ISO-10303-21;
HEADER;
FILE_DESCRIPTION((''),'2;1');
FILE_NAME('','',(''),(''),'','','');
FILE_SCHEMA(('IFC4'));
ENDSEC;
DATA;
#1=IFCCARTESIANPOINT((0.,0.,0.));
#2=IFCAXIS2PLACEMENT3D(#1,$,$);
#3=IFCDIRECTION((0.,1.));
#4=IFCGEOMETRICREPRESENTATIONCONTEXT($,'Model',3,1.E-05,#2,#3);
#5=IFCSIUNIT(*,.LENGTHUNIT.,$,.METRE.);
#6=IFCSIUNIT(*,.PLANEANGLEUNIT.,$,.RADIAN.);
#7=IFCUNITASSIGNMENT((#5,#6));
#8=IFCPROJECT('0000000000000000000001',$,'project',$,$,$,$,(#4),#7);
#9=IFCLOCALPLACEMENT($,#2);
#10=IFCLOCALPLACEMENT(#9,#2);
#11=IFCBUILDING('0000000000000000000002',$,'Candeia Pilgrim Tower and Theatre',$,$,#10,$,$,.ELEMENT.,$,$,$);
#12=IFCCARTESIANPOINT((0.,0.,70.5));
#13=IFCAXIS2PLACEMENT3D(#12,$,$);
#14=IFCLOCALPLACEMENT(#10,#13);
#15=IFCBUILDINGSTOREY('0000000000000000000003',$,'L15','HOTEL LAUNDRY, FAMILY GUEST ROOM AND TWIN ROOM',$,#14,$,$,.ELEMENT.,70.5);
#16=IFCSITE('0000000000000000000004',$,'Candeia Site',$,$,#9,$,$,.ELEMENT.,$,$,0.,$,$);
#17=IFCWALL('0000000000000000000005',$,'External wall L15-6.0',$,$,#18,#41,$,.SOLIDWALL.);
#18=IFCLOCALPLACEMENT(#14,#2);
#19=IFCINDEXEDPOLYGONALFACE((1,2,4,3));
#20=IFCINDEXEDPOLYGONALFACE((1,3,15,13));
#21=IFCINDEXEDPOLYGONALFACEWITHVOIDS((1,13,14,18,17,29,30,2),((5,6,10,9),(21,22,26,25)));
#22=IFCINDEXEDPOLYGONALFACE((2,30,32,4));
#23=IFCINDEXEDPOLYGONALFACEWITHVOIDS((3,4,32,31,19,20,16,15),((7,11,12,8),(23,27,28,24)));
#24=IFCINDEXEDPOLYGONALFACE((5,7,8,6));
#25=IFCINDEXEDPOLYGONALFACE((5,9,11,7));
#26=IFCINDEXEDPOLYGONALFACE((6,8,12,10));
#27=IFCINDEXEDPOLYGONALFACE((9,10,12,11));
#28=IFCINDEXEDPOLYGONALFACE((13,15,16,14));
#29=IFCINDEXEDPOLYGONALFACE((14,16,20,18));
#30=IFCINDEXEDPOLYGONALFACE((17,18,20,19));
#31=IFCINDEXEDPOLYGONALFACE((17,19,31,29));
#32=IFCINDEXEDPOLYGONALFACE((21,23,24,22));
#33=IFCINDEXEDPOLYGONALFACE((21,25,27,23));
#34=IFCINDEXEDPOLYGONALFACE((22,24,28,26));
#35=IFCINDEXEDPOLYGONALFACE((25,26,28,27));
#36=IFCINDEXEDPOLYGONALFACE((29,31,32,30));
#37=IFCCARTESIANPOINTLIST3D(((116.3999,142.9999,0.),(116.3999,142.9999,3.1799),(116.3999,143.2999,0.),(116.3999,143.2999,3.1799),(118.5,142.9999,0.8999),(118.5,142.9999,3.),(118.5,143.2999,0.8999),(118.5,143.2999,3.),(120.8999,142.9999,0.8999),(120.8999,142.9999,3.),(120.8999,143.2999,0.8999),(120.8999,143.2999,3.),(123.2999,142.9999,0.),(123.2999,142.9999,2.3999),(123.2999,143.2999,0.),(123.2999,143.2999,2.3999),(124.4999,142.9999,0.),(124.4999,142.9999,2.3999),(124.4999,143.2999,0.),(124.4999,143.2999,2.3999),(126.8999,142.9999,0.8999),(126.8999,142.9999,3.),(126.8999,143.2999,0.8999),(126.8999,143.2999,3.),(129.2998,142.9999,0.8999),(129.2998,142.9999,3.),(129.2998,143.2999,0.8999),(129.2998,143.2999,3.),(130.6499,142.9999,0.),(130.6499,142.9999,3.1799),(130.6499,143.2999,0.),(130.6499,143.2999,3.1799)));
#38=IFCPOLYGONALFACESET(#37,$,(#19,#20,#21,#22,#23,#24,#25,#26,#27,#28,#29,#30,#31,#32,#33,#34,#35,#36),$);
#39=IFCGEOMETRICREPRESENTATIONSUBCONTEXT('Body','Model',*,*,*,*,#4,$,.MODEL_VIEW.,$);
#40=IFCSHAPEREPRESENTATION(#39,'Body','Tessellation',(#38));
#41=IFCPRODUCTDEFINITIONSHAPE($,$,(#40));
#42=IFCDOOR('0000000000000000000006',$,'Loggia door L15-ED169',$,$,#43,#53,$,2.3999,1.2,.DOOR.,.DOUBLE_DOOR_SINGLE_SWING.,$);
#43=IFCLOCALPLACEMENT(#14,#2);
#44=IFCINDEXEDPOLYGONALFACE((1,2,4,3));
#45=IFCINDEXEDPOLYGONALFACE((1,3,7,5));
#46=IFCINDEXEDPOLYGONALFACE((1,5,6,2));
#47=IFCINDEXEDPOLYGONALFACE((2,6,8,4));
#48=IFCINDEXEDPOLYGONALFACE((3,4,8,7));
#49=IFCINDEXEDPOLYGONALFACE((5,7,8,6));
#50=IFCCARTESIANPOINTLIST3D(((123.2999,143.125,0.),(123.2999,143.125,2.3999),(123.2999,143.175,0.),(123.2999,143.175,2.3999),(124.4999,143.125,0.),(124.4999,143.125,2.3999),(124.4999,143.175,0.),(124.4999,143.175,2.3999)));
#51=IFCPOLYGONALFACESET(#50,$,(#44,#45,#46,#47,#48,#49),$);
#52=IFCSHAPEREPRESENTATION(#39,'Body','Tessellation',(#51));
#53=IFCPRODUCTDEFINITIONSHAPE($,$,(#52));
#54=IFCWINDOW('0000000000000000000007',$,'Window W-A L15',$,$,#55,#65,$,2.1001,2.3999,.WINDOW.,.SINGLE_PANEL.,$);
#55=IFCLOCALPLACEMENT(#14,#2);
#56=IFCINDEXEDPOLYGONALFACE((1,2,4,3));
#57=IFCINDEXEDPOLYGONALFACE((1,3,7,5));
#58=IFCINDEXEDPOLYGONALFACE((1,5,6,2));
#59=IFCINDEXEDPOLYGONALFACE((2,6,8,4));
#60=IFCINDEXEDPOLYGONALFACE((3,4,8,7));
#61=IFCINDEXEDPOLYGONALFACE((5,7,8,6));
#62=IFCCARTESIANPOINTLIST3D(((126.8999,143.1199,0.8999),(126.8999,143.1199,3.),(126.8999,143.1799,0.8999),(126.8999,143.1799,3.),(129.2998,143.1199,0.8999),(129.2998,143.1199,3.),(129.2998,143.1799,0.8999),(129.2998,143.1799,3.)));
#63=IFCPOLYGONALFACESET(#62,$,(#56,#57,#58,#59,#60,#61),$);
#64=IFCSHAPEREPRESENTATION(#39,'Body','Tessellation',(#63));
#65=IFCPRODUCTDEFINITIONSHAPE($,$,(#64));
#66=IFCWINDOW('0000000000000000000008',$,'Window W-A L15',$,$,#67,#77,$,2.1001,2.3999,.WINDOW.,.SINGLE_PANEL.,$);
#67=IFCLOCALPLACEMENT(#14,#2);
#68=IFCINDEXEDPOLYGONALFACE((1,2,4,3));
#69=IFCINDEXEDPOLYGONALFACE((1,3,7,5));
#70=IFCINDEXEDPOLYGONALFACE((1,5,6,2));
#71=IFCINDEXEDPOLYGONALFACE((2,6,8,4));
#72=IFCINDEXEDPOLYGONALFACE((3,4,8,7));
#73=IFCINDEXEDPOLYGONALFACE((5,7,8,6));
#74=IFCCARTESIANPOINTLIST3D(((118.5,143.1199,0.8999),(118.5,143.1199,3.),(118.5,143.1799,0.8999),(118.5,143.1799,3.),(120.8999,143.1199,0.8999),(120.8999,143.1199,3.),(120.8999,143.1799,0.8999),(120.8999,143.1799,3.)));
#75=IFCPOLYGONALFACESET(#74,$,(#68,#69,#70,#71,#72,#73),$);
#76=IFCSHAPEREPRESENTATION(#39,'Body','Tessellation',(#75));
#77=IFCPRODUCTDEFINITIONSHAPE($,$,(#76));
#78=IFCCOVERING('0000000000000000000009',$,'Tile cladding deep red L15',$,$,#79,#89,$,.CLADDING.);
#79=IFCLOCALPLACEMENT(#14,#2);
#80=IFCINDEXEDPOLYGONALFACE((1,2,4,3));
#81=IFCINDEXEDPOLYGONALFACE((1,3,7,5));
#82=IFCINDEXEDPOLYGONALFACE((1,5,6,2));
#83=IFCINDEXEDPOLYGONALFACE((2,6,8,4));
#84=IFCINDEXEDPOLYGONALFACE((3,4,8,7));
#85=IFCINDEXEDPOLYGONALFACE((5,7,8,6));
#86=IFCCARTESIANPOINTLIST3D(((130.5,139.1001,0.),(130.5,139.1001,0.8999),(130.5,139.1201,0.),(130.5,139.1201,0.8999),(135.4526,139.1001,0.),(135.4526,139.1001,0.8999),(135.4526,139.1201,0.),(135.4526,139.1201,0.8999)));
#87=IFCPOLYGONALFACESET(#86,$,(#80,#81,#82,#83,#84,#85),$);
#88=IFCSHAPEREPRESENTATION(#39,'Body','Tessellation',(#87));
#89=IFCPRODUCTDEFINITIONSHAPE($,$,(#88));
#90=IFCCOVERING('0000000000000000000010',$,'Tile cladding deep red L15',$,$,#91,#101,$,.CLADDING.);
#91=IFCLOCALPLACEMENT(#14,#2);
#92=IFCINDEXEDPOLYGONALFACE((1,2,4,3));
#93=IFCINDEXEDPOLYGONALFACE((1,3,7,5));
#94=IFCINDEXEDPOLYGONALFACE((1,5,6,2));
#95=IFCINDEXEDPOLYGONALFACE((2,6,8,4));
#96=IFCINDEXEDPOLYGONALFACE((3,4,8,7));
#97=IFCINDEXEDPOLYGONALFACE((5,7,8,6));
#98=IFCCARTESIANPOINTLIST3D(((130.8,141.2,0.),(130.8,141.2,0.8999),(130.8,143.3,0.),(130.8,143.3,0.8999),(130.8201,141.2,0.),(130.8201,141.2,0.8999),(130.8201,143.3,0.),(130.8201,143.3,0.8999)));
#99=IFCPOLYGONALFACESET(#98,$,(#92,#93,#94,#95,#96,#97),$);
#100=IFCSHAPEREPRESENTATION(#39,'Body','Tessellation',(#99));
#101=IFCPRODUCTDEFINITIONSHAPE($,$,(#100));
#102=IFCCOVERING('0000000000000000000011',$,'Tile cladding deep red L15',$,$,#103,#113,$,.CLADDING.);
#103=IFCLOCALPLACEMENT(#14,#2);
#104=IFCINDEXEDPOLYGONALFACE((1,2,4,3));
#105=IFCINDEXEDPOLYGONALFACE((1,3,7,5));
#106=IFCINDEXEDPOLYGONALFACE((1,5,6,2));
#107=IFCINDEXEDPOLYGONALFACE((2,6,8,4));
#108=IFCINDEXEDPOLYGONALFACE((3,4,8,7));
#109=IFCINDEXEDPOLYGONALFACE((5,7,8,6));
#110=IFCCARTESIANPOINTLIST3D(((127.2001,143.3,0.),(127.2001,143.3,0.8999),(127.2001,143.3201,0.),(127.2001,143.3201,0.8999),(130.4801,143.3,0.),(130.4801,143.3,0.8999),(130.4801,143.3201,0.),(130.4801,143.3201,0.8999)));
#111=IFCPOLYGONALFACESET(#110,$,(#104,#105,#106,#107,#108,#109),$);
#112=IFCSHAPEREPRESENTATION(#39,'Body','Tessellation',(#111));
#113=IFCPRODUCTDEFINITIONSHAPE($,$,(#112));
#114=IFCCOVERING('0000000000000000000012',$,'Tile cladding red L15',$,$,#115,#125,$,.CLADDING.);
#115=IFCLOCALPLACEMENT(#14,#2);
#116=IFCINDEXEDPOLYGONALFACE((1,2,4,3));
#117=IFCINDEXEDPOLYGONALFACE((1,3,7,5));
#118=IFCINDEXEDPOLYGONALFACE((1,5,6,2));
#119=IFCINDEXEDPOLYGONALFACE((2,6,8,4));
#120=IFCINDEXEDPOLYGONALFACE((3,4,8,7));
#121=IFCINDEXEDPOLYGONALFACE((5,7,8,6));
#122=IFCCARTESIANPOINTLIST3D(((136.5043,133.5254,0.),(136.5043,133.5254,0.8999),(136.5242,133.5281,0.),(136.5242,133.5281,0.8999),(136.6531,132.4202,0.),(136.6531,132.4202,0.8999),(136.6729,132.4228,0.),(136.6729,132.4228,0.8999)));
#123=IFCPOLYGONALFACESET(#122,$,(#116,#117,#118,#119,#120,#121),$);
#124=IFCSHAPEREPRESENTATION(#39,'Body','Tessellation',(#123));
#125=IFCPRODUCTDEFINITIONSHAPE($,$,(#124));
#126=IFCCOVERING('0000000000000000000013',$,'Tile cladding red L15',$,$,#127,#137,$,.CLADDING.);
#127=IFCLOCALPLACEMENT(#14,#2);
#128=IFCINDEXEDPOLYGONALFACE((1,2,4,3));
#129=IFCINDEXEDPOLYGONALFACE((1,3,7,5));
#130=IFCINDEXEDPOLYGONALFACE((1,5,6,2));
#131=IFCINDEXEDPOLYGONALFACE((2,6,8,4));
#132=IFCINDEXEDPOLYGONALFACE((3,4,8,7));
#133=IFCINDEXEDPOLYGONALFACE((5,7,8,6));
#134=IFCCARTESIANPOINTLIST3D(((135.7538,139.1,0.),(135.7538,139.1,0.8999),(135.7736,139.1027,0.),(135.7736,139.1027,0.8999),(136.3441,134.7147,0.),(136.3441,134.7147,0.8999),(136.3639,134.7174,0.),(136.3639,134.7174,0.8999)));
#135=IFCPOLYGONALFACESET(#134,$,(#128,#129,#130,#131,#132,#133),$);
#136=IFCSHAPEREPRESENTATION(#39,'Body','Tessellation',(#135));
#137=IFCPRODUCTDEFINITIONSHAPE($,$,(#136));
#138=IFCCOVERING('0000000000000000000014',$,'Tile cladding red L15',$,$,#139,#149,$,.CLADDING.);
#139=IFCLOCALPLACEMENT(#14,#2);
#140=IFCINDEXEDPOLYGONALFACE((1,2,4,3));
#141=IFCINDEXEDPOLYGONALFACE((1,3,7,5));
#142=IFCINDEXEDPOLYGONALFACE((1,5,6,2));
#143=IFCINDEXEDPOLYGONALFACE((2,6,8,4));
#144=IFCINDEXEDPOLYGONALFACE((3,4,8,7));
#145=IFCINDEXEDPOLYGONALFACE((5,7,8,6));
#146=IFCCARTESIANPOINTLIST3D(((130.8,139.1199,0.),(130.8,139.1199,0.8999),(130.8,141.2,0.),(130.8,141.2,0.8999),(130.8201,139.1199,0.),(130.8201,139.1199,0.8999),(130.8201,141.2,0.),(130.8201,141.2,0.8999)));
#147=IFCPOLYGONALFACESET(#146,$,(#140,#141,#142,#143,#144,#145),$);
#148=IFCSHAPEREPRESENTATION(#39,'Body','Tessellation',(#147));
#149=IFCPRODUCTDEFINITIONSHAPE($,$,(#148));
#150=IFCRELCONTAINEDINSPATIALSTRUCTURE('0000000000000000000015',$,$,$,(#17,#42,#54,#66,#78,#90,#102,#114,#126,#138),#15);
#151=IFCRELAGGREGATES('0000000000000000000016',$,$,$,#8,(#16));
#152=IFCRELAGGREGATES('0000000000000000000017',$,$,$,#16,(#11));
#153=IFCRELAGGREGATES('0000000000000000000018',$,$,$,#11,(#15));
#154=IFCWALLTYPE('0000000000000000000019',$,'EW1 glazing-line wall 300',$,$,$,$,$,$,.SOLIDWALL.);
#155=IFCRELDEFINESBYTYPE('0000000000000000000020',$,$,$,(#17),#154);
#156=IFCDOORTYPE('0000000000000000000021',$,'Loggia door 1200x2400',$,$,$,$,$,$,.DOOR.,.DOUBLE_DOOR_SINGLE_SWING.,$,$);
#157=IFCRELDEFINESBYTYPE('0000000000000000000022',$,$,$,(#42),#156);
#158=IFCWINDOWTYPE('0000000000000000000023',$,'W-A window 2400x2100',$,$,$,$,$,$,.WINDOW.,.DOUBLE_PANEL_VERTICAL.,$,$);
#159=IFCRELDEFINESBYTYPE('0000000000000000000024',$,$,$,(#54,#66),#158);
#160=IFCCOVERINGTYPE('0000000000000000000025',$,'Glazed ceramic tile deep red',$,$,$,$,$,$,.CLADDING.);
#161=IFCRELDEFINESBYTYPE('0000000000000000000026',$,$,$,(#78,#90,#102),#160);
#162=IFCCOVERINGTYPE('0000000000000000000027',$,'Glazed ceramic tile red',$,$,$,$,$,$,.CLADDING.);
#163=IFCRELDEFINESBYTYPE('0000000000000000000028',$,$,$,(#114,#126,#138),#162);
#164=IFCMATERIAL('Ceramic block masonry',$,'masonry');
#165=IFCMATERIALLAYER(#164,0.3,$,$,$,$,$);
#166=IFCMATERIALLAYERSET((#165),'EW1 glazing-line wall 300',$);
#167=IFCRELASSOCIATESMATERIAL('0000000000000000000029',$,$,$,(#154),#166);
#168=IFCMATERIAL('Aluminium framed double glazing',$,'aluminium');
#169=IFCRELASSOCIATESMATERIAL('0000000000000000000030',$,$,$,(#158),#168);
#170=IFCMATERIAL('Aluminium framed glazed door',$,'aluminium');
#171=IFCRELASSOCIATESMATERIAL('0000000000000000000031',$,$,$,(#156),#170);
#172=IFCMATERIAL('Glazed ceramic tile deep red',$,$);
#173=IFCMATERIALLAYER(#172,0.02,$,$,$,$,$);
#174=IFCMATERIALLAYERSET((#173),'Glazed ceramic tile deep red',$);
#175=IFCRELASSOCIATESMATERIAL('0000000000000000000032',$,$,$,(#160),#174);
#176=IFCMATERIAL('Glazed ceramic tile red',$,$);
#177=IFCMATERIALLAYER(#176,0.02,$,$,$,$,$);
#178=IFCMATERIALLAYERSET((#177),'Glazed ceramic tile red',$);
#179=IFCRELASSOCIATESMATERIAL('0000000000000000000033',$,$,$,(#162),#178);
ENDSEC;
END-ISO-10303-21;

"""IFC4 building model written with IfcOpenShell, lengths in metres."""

from ifc_helpers import new_model, si_unit, direction, frame, frame_2d, origin, origin_2d, place, context, subcontext, project, spatial, rectangle, extrude, material, layer, layer_set, type_object, element, fill, save


model = new_model("IFC4")

# Units and contexts
model_context = context("Model", 3, precision=1e-05, world=origin(), true_north=direction((0.0, 1.0)))
body_context = subcontext(model_context, "Body", "Model", "MODEL_VIEW")
ifc_project = project(units=[si_unit("LENGTHUNIT", "METRE"), si_unit("PLANEANGLEUNIT", "RADIAN")], contexts=[model_context])

# Site, building, storey
site_placement = place(None, origin())
site = spatial("IfcSite", under=ifc_project, at=site_placement, Name="Candeia Site", CompositionType="ELEMENT", RefElevation=0.0)
building_placement = place(site_placement, origin())
building = spatial("IfcBuilding", under=site, at=building_placement, Name="Candeia Pilgrim Tower and Theatre", CompositionType="ELEMENT")
storey_placement = place(building_placement, frame((0.0, 0.0, 70.5)))
storey = spatial("IfcBuildingStorey", under=building, at=storey_placement, Name="L15", Description="HOTEL LAUNDRY, FAMILY GUEST ROOM AND TWIN ROOM", CompositionType="ELEMENT", Elevation=70.5)

# Shared definitions
ifc_material_1 = material(Name="Ceramic block masonry", Category="masonry")
ifc_layer_1 = layer(ifc_material_1, 0.3)
ifc_layer_set_1 = layer_set([ifc_layer_1], Name="EW1 glazing-line wall 300")
wall_type = type_object("IfcWallType", Name="EW1 glazing-line wall 300", PredefinedType="SOLIDWALL", material=ifc_layer_set_1)
ifc_material_2 = material(Name="Aluminium framed double glazing", Category="aluminium")
window_type = type_object("IfcWindowType", Name="W-A window 2400x2100", PartitioningType="DOUBLE_PANEL_VERTICAL", PredefinedType="WINDOW", material=ifc_material_2)

# Wall, openings, door, windows
wall_1_placement = place(storey_placement, frame((130.6499, 143.1499, 0.0), z_axis=(0.0, 0.0, 1.0), x_axis=(-1.0, 0.0, 0.0)))
wall_1 = element("IfcWall", 1, at=wall_1_placement, inside=storey, type_object=wall_type, Name="External wall L15-6.0", PredefinedType="SOLIDWALL", context=body_context, shape_type="SweptSolid", body=[
    extrude(rectangle(XDim=14.25, YDim=0.3, at=frame_2d((7.125, 0.0))), origin(), (0.0, 0.0, 1.0), 3.1799),
])
opening_1_placement = place(wall_1_placement, frame((1.3501, 0.0, 0.8999)))
opening_1 = element("IfcOpeningElement", 2, at=opening_1_placement, cuts=wall_1, PredefinedType="OPENING", context=body_context, shape_type="SweptSolid", body=[
    extrude(rectangle(XDim=2.3999, YDim=2.1001, at=frame_2d((1.2, 1.05))), frame((0.0, 0.1602, 0.0), z_axis=(0.0, -1.0, 0.0), x_axis=(1.0, 0.0, 0.0)), (0.0, 0.0, 1.0), 0.3201),
])
opening_2_placement = place(wall_1_placement, frame((6.1499, 0.0, 0.0)))
opening_2 = element("IfcOpeningElement", 3, at=opening_2_placement, cuts=wall_1, PredefinedType="OPENING", context=body_context, shape_type="SweptSolid", body=[
    extrude(rectangle(XDim=1.2, YDim=2.3999, at=frame_2d((0.6001, 1.2))), frame((0.0, 0.1602, 0.0), z_axis=(0.0, -1.0, 0.0), x_axis=(1.0, 0.0, 0.0)), (0.0, 0.0, 1.0), 0.3201),
])
opening_3_placement = place(wall_1_placement, frame((9.75, 0.0, 0.8999)))
opening_3 = element("IfcOpeningElement", 4, at=opening_3_placement, cuts=wall_1, PredefinedType="OPENING", context=body_context, shape_type="SweptSolid", body=[
    extrude(rectangle(XDim=2.3999, YDim=2.1001, at=frame_2d((1.2, 1.05))), frame((0.0, 0.1602, 0.0), z_axis=(0.0, -1.0, 0.0), x_axis=(1.0, 0.0, 0.0)), (0.0, 0.0, 1.0), 0.3201),
])
ifc_material_3 = material(Name="Aluminium framed glazed door", Category="aluminium")
door_type = type_object("IfcDoorType", Name="Loggia door 1200x2400", OperationType="DOUBLE_DOOR_SINGLE_SWING", PredefinedType="DOOR", material=ifc_material_3)
door_placement = place(opening_2_placement, origin())
door = element("IfcDoor", 5, at=door_placement, inside=storey, type_object=door_type, Name="Loggia door L15-ED169", OperationType="DOUBLE_DOOR_SINGLE_SWING", OverallHeight=2.3999, OverallWidth=1.2, PredefinedType="DOOR", context=body_context, shape_type="SweptSolid", body=[
    extrude(rectangle(XDim=1.2, YDim=2.3999, at=frame_2d((0.6001, 1.2))), frame((0.0, 0.0249, 0.0), z_axis=(0.0, -1.0, 0.0), x_axis=(1.0, 0.0, 0.0)), (0.0, 0.0, 1.0), 0.05),
])
fill(opening_2, door)
window_1_placement = place(opening_1_placement, origin())
window_1 = element("IfcWindow", 6, at=window_1_placement, inside=storey, type_object=window_type, Name="Window W-A L15", OverallHeight=2.1001, OverallWidth=2.3999, PartitioningType="SINGLE_PANEL", PredefinedType="WINDOW", context=body_context, shape_type="SweptSolid", body=[
    extrude(rectangle(XDim=2.3999, YDim=2.1001, at=frame_2d((1.2, 1.05))), frame((0.0, 0.03, 0.0), z_axis=(0.0, -1.0, 0.0), x_axis=(1.0, 0.0, 0.0)), (0.0, 0.0, 1.0), 0.0601),
])
fill(opening_1, window_1)
window_2_placement = place(opening_3_placement, origin())
window_2 = element("IfcWindow", 7, at=window_2_placement, inside=storey, type_object=window_type, Name="Window W-A L15", OverallHeight=2.1001, OverallWidth=2.3999, PartitioningType="SINGLE_PANEL", PredefinedType="WINDOW", context=body_context, shape_type="SweptSolid", body=[
    extrude(rectangle(XDim=2.3999, YDim=2.1001, at=frame_2d((1.2, 1.05))), frame((0.0, 0.03, 0.0), z_axis=(0.0, -1.0, 0.0), x_axis=(1.0, 0.0, 0.0)), (0.0, 0.0, 1.0), 0.0601),
])
fill(opening_3, window_2)

# Coverings
ifc_material_4 = material(Name="Glazed ceramic tile deep red")
ifc_layer_2 = layer(ifc_material_4, 0.02)
ifc_layer_set_2 = layer_set([ifc_layer_2], Name="Glazed ceramic tile deep red")
covering_type_1 = type_object("IfcCoveringType", Name="Glazed ceramic tile deep red", PredefinedType="CLADDING", material=ifc_layer_set_2)
covering_1_placement = place(storey_placement, frame((132.9763, 139.1101, 0.0), z_axis=(0.0, 0.0, 1.0), x_axis=(-1.0, 0.0, 0.0)))
element("IfcCovering", 8, at=covering_1_placement, inside=storey, type_object=covering_type_1, Name="Tile cladding deep red L15", PredefinedType="CLADDING", context=body_context, shape_type="SweptSolid", body=[
    extrude(rectangle(XDim=4.9526, YDim=0.02, at=origin_2d()), origin(), (0.0, 0.0, 1.0), 0.8999),
])
covering_2_placement = place(storey_placement, frame((130.8101, 142.25, 0.0), z_axis=(0.0, 0.0, 1.0), x_axis=(0.0, 1.0, 0.0)))
element("IfcCovering", 9, at=covering_2_placement, inside=storey, type_object=covering_type_1, Name="Tile cladding deep red L15", PredefinedType="CLADDING", context=body_context, shape_type="SweptSolid", body=[
    extrude(rectangle(XDim=2.1001, YDim=0.02, at=origin_2d()), origin(), (0.0, 0.0, 1.0), 0.8999),
])
covering_3_placement = place(storey_placement, frame((128.8401, 143.3101, 0.0), z_axis=(0.0, 0.0, 1.0), x_axis=(-1.0, 0.0, 0.0)))
element("IfcCovering", 10, at=covering_3_placement, inside=storey, type_object=covering_type_1, Name="Tile cladding deep red L15", PredefinedType="CLADDING", context=body_context, shape_type="SweptSolid", body=[
    extrude(rectangle(XDim=3.28, YDim=0.02, at=origin_2d()), origin(), (0.0, 0.0, 1.0), 0.8999),
])
ifc_material_5 = material(Name="Glazed ceramic tile red")
ifc_layer_3 = layer(ifc_material_5, 0.02)
ifc_layer_set_3 = layer_set([ifc_layer_3], Name="Glazed ceramic tile red")
covering_type_2 = type_object("IfcCoveringType", Name="Glazed ceramic tile red", PredefinedType="CLADDING", material=ifc_layer_set_3)
covering_4_placement = place(storey_placement, frame((136.5886, 132.9741, 0.0), z_axis=(0.0, 0.0, 1.0), x_axis=(-0.133412, 0.991061, 0.0)))
element("IfcCovering", 11, at=covering_4_placement, inside=storey, type_object=covering_type_2, Name="Tile cladding red L15", PredefinedType="CLADDING", context=body_context, shape_type="SweptSolid", body=[
    extrude(rectangle(XDim=1.1152, YDim=0.02, at=origin_2d()), origin(), (0.0, 0.0, 1.0), 0.8999),
])
covering_5_placement = place(storey_placement, frame((136.0588, 136.9087, 0.0), z_axis=(0.0, 0.0, 1.0), x_axis=(-0.133412, 0.991061, 0.0)))
element("IfcCovering", 12, at=covering_5_placement, inside=storey, type_object=covering_type_2, Name="Tile cladding red L15", PredefinedType="CLADDING", context=body_context, shape_type="SweptSolid", body=[
    extrude(rectangle(XDim=4.4248, YDim=0.02, at=origin_2d()), origin(), (0.0, 0.0, 1.0), 0.8999),
])
covering_6_placement = place(storey_placement, frame((130.8101, 140.1599, 0.0), z_axis=(0.0, 0.0, 1.0), x_axis=(0.0, 1.0, 0.0)))
element("IfcCovering", 13, at=covering_6_placement, inside=storey, type_object=covering_type_2, Name="Tile cladding red L15", PredefinedType="CLADDING", context=body_context, shape_type="SweptSolid", body=[
    extrude(rectangle(XDim=2.0801, YDim=0.02, at=origin_2d()), origin(), (0.0, 0.0, 1.0), 0.8999),
])

save(model, "model.ifc")
